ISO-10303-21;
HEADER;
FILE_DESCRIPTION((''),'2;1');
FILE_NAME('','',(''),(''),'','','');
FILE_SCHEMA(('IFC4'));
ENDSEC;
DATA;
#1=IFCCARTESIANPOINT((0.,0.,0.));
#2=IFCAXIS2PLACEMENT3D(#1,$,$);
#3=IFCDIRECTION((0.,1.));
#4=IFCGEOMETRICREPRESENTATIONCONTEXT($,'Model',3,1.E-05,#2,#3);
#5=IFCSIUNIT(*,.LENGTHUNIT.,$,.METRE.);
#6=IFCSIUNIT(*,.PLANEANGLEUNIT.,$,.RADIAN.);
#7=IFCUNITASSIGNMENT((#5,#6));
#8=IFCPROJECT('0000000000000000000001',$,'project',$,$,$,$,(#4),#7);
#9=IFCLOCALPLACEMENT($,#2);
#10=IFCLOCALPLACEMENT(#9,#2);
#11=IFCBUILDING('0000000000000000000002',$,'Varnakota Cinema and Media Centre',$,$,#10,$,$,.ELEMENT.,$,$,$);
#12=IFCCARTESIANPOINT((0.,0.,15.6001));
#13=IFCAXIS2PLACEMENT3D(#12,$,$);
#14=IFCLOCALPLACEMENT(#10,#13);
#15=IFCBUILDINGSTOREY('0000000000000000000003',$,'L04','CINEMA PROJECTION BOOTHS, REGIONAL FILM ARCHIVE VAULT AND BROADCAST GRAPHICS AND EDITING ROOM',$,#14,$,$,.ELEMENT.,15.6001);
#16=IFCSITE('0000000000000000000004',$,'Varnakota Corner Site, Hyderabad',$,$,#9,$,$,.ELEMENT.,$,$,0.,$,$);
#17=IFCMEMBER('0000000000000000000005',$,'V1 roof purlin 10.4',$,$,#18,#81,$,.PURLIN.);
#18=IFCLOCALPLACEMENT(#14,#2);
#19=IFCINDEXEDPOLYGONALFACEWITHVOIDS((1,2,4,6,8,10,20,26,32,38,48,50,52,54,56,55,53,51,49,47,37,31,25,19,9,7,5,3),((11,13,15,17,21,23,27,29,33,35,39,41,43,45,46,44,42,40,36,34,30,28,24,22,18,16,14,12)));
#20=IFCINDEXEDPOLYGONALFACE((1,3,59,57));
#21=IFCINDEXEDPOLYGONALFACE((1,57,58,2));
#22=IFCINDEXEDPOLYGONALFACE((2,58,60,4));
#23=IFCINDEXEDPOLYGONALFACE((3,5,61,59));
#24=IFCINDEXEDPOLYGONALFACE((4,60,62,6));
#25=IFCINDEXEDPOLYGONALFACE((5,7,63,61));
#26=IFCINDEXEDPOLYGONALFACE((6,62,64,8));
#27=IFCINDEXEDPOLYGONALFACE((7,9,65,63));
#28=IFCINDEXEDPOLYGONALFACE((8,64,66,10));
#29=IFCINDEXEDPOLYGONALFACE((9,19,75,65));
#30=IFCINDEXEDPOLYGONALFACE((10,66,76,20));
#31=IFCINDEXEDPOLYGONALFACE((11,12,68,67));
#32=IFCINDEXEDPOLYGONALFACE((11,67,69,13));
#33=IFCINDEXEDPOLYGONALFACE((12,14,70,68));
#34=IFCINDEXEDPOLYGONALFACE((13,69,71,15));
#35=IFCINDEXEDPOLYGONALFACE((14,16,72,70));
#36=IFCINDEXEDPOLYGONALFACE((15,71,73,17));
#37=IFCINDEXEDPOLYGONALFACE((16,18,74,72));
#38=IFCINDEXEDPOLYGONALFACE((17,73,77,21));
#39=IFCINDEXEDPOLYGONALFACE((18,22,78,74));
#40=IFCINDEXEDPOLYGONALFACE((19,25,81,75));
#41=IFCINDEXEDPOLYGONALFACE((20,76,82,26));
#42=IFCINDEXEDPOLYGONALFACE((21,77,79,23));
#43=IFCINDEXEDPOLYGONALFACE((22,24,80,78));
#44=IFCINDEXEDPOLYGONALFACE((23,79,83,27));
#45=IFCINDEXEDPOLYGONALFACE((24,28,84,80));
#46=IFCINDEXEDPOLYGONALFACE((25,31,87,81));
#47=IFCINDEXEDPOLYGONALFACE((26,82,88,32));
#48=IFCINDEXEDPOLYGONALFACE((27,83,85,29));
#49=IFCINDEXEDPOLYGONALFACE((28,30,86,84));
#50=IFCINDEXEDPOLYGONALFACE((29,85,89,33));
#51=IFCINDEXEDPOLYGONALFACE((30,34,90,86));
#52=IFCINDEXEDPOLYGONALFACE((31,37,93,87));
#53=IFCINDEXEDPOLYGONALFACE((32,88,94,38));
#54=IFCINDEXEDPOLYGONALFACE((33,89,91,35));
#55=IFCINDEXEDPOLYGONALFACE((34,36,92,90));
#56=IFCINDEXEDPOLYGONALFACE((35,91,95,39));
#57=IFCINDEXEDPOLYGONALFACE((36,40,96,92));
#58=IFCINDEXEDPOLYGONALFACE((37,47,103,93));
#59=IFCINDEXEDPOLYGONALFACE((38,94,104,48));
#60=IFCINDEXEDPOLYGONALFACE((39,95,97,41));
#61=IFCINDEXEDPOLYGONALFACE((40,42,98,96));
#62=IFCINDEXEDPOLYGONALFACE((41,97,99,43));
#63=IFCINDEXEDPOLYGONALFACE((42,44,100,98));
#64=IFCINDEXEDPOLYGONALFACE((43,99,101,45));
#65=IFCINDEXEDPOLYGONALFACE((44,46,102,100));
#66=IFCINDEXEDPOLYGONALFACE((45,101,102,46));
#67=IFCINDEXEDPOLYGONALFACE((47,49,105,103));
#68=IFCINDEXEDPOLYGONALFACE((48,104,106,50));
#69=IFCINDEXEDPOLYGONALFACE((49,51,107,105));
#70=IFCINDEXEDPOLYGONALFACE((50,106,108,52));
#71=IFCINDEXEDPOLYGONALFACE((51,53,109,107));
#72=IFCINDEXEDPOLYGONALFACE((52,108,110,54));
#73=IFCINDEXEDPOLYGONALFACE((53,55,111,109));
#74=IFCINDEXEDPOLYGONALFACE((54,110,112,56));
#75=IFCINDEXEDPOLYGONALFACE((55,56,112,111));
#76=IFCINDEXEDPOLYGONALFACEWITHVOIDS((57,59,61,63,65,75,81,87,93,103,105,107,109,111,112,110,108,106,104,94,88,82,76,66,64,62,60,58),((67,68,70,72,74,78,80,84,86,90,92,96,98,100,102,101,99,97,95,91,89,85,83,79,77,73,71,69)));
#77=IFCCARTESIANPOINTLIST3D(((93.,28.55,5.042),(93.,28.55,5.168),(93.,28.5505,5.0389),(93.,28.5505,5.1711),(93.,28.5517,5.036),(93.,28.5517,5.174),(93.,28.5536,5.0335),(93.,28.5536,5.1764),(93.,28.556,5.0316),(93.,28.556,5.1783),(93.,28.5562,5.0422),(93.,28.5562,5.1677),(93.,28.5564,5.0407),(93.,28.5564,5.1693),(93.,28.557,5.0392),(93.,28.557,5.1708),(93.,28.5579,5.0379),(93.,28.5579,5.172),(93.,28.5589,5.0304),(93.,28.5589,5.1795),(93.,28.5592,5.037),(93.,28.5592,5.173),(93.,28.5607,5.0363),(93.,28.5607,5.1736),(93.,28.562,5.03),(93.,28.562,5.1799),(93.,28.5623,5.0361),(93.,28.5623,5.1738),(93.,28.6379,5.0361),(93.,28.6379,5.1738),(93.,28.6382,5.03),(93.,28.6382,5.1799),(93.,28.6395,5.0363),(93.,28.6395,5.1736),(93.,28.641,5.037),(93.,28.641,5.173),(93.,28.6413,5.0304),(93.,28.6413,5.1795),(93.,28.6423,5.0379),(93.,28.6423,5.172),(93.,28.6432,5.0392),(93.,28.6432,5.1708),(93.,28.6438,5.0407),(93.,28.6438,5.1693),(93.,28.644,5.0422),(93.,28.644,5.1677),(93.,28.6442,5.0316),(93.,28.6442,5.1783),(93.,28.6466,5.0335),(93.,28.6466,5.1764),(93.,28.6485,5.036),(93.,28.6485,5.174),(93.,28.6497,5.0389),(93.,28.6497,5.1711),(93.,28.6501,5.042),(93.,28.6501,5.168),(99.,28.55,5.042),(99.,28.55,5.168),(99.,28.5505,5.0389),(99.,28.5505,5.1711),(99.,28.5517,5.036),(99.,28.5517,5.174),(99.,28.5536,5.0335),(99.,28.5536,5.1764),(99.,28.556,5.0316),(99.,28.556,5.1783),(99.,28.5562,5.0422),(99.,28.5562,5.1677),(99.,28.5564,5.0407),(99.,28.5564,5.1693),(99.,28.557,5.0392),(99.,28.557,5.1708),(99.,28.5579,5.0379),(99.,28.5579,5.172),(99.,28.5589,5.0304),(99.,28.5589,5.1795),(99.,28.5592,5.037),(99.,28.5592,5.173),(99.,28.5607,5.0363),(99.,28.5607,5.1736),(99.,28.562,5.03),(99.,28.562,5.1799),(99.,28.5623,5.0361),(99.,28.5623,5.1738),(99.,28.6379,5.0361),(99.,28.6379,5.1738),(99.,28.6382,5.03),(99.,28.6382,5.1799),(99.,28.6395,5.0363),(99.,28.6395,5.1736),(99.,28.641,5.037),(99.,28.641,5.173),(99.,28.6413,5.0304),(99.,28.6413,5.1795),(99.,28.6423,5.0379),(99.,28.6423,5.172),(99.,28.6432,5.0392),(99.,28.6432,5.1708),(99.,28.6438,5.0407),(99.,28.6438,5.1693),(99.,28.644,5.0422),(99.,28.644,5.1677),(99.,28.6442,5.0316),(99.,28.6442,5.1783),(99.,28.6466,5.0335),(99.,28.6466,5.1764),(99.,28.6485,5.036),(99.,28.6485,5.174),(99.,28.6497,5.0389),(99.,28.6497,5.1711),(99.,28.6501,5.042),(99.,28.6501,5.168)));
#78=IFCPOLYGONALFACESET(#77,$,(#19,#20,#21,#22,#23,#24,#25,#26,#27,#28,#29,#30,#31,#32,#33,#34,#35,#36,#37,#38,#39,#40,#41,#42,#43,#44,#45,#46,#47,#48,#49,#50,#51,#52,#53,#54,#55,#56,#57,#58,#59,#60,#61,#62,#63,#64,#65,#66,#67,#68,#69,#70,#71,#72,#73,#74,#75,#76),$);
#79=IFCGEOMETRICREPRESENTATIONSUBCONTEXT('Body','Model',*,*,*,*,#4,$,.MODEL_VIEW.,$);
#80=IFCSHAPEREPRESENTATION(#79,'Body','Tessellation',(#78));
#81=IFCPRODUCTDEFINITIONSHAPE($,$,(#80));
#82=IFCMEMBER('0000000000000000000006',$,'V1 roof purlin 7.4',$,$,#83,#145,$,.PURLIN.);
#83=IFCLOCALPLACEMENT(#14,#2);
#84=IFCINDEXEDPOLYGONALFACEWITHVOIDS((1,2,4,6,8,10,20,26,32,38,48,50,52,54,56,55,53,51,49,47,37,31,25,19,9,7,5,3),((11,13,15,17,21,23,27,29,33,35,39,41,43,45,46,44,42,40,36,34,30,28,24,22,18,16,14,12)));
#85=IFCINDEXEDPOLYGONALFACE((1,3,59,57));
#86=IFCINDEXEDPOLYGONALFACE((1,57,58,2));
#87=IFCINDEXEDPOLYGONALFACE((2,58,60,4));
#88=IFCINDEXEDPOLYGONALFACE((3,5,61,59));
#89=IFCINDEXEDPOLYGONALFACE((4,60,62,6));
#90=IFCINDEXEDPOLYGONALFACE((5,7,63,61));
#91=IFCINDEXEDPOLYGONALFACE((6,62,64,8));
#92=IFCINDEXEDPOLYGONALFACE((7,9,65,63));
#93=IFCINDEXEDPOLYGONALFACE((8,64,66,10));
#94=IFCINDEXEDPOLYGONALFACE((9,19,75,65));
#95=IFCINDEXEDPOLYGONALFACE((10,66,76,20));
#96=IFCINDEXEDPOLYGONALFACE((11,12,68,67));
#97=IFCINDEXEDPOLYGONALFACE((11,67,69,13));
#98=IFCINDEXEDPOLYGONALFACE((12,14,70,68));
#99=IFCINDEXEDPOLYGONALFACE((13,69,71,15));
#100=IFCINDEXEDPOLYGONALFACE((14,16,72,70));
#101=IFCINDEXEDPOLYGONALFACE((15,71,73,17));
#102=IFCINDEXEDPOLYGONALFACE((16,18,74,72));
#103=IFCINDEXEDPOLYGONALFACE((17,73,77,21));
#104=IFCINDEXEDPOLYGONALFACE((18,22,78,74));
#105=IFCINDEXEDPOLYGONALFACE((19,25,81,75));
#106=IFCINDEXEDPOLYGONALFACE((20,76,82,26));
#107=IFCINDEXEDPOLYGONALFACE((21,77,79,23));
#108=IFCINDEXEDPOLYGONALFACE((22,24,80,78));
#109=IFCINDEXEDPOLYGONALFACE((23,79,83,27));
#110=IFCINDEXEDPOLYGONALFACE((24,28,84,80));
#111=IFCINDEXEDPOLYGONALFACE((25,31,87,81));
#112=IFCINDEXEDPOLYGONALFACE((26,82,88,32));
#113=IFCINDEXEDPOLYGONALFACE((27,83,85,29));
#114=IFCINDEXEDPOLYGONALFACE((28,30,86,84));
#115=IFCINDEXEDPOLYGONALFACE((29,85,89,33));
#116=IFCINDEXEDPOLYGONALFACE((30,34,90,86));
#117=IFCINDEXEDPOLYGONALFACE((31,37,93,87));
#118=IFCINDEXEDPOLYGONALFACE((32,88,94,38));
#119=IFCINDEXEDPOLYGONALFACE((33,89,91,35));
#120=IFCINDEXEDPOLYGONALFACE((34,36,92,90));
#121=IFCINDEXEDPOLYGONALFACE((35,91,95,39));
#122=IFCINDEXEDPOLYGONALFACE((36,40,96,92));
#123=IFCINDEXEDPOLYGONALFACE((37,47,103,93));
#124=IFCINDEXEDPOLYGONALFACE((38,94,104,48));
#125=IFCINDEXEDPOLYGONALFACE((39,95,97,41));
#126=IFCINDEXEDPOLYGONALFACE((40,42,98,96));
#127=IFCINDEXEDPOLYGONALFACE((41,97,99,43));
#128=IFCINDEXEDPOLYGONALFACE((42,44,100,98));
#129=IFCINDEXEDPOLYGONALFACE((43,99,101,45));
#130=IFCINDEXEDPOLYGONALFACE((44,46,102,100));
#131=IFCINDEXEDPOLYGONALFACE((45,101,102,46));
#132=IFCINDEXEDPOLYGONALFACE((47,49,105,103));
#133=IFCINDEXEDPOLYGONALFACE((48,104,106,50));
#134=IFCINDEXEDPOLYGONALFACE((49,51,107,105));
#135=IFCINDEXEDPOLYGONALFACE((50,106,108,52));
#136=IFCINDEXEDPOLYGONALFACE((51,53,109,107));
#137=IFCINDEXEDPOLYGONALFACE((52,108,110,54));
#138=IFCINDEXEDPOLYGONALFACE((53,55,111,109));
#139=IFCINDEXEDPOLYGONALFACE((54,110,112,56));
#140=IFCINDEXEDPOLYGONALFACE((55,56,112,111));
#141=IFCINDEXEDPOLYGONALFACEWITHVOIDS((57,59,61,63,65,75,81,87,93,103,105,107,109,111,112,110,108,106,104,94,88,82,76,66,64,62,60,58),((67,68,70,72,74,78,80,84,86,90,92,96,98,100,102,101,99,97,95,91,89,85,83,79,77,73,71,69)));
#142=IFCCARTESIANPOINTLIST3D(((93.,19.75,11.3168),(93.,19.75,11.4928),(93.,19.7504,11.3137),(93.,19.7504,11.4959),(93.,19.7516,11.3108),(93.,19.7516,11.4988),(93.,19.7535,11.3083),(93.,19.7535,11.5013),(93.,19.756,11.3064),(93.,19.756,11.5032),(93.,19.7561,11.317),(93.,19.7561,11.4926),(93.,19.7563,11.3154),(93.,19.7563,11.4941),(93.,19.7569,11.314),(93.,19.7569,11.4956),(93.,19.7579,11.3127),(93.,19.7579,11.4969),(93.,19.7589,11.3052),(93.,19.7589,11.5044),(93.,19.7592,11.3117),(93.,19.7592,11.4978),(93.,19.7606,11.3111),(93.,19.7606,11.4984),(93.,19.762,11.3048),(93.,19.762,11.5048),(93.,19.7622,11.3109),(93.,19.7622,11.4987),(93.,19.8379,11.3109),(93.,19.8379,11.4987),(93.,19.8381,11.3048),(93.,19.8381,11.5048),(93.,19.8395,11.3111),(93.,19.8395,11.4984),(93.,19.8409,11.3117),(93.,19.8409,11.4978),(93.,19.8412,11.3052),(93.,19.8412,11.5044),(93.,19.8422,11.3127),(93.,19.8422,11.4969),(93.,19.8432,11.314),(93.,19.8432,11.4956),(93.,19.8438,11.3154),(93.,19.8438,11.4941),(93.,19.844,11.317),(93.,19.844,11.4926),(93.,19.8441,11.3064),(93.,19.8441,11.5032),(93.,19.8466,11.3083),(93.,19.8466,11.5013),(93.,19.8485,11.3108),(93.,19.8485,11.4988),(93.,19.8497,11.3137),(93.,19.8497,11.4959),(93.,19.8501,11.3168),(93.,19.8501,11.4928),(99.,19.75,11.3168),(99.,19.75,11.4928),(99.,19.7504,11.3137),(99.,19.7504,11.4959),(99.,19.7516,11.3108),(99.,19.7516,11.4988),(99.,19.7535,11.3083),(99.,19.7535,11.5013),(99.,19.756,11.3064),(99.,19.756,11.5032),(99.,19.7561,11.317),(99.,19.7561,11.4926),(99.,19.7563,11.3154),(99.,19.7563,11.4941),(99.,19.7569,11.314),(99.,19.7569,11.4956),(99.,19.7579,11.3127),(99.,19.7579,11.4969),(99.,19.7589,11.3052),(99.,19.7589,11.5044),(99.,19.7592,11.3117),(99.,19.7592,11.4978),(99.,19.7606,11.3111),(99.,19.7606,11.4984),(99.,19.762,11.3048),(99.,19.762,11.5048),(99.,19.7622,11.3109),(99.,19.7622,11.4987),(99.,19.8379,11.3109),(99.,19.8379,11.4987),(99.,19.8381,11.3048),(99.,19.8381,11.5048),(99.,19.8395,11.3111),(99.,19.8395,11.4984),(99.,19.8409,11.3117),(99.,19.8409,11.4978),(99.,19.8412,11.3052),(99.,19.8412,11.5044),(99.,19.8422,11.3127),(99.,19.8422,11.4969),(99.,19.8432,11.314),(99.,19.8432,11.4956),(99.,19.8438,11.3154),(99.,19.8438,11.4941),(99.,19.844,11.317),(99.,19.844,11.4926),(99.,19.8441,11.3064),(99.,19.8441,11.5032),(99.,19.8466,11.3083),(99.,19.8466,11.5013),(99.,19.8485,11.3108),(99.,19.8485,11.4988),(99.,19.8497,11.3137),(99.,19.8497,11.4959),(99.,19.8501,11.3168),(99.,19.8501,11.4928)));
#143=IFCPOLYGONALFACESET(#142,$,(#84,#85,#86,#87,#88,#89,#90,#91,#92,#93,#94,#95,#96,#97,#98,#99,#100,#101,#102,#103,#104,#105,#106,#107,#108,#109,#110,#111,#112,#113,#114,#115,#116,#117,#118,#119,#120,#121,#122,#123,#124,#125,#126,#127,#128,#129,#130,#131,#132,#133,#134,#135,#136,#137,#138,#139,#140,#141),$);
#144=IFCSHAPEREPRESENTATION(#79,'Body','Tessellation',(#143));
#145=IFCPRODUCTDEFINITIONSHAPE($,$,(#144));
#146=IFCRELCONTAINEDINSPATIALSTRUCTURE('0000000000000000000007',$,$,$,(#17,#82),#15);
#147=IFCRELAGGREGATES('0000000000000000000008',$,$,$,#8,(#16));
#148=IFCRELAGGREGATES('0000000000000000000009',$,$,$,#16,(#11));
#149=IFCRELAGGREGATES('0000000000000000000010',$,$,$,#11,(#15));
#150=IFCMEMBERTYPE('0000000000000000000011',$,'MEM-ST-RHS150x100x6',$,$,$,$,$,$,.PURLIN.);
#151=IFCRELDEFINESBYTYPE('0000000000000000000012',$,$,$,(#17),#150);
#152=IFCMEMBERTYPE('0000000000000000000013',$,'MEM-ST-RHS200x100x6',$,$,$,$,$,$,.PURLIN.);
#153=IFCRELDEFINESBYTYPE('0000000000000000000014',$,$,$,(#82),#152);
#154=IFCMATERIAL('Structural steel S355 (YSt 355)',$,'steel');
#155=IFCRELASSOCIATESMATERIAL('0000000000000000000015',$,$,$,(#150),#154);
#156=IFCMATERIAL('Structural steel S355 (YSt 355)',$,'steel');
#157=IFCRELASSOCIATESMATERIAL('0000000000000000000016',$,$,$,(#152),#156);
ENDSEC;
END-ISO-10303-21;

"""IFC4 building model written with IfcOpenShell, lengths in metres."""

from ifc_helpers import new_model, si_unit, direction, frame, origin, origin_2d, place, context, subcontext, project, spatial, hollow_rectangle, extrude, material, material_profile, profile_set, type_object, element, save


model = new_model("IFC4")

# Units and contexts
model_context = context("Model", 3, precision=1e-05, world=origin(), true_north=direction((0.0, 1.0)))
body_context = subcontext(model_context, "Body", "Model", "MODEL_VIEW")
ifc_project = project(units=[si_unit("LENGTHUNIT", "METRE"), si_unit("PLANEANGLEUNIT", "RADIAN")], contexts=[model_context])

# Site, building, storey
site_placement = place(None, origin())
site = spatial("IfcSite", under=ifc_project, at=site_placement, Name="Varnakota Corner Site, Hyderabad", CompositionType="ELEMENT", RefElevation=0.0)
building_placement = place(site_placement, origin())
building = spatial("IfcBuilding", under=site, at=building_placement, Name="Varnakota Cinema and Media Centre", CompositionType="ELEMENT")
storey_placement = place(building_placement, frame((0.0, 0.0, 15.6001)))
storey = spatial("IfcBuildingStorey", under=building, at=storey_placement, Name="L04", Description="CINEMA PROJECTION BOOTHS, REGIONAL FILM ARCHIVE VAULT AND BROADCAST GRAPHICS AND EDITING ROOM", CompositionType="ELEMENT", Elevation=15.6001)

# Members
ifc_material_1 = material(Name="Structural steel S355 (YSt 355)", Category="steel")
ifc_material_profile_1 = material_profile(ifc_material_1, hollow_rectangle(XDim=0.1001, YDim=0.1499, WallThickness=0.0061, InnerFilletRadius=0.0061, OuterFilletRadius=0.012, at=origin_2d()), Name="RHS 150x100x6")
ifc_profile_set_1 = profile_set([ifc_material_profile_1], Name="Structural steel S355 (YSt 355)")
member_type_1 = type_object("IfcMemberType", Name="MEM-ST-RHS150x100x6", PredefinedType="PURLIN", material=ifc_profile_set_1)
for number, where, z_axis, x_axis, name in (
    (1, (93.0, 28.6001, 5.105), (1.0, 0.0, 0.0), (0.0, 1.0, 0.0), "V1 roof purlin 10.4"),
):
    element("IfcMember", number, at=place(storey_placement, frame(where, z_axis=z_axis, x_axis=x_axis)), inside=storey, type_object=member_type_1, Name=name, PredefinedType="PURLIN", context=body_context, shape_type="SweptSolid", body=[
        extrude(hollow_rectangle(XDim=0.1001, YDim=0.1499, WallThickness=0.0061, InnerFilletRadius=0.0061, OuterFilletRadius=0.012, at=origin_2d()), origin(), (0.0, 0.0, 1.0), 6.0),
    ])
ifc_material_2 = material(Name="Structural steel S355 (YSt 355)", Category="steel")
ifc_material_profile_2 = material_profile(ifc_material_2, hollow_rectangle(XDim=0.1001, YDim=0.2, WallThickness=0.0061, InnerFilletRadius=0.0061, OuterFilletRadius=0.012, at=origin_2d()), Name="RHS 200x100x6")
ifc_profile_set_2 = profile_set([ifc_material_profile_2], Name="Structural steel S355 (YSt 355)")
member_type_2 = type_object("IfcMemberType", Name="MEM-ST-RHS200x100x6", PredefinedType="PURLIN", material=ifc_profile_set_2)
for number, where, z_axis, x_axis, name in (
    (2, (93.0, 19.8, 11.4048), (1.0, 0.0, 0.0), (0.0, 1.0, 0.0), "V1 roof purlin 7.4"),
):
    element("IfcMember", number, at=place(storey_placement, frame(where, z_axis=z_axis, x_axis=x_axis)), inside=storey, type_object=member_type_2, Name=name, PredefinedType="PURLIN", context=body_context, shape_type="SweptSolid", body=[
        extrude(hollow_rectangle(XDim=0.1001, YDim=0.2, WallThickness=0.0061, InnerFilletRadius=0.0061, OuterFilletRadius=0.012, at=origin_2d()), origin(), (0.0, 0.0, 1.0), 6.0),
    ])

save(model, "model.ifc")
